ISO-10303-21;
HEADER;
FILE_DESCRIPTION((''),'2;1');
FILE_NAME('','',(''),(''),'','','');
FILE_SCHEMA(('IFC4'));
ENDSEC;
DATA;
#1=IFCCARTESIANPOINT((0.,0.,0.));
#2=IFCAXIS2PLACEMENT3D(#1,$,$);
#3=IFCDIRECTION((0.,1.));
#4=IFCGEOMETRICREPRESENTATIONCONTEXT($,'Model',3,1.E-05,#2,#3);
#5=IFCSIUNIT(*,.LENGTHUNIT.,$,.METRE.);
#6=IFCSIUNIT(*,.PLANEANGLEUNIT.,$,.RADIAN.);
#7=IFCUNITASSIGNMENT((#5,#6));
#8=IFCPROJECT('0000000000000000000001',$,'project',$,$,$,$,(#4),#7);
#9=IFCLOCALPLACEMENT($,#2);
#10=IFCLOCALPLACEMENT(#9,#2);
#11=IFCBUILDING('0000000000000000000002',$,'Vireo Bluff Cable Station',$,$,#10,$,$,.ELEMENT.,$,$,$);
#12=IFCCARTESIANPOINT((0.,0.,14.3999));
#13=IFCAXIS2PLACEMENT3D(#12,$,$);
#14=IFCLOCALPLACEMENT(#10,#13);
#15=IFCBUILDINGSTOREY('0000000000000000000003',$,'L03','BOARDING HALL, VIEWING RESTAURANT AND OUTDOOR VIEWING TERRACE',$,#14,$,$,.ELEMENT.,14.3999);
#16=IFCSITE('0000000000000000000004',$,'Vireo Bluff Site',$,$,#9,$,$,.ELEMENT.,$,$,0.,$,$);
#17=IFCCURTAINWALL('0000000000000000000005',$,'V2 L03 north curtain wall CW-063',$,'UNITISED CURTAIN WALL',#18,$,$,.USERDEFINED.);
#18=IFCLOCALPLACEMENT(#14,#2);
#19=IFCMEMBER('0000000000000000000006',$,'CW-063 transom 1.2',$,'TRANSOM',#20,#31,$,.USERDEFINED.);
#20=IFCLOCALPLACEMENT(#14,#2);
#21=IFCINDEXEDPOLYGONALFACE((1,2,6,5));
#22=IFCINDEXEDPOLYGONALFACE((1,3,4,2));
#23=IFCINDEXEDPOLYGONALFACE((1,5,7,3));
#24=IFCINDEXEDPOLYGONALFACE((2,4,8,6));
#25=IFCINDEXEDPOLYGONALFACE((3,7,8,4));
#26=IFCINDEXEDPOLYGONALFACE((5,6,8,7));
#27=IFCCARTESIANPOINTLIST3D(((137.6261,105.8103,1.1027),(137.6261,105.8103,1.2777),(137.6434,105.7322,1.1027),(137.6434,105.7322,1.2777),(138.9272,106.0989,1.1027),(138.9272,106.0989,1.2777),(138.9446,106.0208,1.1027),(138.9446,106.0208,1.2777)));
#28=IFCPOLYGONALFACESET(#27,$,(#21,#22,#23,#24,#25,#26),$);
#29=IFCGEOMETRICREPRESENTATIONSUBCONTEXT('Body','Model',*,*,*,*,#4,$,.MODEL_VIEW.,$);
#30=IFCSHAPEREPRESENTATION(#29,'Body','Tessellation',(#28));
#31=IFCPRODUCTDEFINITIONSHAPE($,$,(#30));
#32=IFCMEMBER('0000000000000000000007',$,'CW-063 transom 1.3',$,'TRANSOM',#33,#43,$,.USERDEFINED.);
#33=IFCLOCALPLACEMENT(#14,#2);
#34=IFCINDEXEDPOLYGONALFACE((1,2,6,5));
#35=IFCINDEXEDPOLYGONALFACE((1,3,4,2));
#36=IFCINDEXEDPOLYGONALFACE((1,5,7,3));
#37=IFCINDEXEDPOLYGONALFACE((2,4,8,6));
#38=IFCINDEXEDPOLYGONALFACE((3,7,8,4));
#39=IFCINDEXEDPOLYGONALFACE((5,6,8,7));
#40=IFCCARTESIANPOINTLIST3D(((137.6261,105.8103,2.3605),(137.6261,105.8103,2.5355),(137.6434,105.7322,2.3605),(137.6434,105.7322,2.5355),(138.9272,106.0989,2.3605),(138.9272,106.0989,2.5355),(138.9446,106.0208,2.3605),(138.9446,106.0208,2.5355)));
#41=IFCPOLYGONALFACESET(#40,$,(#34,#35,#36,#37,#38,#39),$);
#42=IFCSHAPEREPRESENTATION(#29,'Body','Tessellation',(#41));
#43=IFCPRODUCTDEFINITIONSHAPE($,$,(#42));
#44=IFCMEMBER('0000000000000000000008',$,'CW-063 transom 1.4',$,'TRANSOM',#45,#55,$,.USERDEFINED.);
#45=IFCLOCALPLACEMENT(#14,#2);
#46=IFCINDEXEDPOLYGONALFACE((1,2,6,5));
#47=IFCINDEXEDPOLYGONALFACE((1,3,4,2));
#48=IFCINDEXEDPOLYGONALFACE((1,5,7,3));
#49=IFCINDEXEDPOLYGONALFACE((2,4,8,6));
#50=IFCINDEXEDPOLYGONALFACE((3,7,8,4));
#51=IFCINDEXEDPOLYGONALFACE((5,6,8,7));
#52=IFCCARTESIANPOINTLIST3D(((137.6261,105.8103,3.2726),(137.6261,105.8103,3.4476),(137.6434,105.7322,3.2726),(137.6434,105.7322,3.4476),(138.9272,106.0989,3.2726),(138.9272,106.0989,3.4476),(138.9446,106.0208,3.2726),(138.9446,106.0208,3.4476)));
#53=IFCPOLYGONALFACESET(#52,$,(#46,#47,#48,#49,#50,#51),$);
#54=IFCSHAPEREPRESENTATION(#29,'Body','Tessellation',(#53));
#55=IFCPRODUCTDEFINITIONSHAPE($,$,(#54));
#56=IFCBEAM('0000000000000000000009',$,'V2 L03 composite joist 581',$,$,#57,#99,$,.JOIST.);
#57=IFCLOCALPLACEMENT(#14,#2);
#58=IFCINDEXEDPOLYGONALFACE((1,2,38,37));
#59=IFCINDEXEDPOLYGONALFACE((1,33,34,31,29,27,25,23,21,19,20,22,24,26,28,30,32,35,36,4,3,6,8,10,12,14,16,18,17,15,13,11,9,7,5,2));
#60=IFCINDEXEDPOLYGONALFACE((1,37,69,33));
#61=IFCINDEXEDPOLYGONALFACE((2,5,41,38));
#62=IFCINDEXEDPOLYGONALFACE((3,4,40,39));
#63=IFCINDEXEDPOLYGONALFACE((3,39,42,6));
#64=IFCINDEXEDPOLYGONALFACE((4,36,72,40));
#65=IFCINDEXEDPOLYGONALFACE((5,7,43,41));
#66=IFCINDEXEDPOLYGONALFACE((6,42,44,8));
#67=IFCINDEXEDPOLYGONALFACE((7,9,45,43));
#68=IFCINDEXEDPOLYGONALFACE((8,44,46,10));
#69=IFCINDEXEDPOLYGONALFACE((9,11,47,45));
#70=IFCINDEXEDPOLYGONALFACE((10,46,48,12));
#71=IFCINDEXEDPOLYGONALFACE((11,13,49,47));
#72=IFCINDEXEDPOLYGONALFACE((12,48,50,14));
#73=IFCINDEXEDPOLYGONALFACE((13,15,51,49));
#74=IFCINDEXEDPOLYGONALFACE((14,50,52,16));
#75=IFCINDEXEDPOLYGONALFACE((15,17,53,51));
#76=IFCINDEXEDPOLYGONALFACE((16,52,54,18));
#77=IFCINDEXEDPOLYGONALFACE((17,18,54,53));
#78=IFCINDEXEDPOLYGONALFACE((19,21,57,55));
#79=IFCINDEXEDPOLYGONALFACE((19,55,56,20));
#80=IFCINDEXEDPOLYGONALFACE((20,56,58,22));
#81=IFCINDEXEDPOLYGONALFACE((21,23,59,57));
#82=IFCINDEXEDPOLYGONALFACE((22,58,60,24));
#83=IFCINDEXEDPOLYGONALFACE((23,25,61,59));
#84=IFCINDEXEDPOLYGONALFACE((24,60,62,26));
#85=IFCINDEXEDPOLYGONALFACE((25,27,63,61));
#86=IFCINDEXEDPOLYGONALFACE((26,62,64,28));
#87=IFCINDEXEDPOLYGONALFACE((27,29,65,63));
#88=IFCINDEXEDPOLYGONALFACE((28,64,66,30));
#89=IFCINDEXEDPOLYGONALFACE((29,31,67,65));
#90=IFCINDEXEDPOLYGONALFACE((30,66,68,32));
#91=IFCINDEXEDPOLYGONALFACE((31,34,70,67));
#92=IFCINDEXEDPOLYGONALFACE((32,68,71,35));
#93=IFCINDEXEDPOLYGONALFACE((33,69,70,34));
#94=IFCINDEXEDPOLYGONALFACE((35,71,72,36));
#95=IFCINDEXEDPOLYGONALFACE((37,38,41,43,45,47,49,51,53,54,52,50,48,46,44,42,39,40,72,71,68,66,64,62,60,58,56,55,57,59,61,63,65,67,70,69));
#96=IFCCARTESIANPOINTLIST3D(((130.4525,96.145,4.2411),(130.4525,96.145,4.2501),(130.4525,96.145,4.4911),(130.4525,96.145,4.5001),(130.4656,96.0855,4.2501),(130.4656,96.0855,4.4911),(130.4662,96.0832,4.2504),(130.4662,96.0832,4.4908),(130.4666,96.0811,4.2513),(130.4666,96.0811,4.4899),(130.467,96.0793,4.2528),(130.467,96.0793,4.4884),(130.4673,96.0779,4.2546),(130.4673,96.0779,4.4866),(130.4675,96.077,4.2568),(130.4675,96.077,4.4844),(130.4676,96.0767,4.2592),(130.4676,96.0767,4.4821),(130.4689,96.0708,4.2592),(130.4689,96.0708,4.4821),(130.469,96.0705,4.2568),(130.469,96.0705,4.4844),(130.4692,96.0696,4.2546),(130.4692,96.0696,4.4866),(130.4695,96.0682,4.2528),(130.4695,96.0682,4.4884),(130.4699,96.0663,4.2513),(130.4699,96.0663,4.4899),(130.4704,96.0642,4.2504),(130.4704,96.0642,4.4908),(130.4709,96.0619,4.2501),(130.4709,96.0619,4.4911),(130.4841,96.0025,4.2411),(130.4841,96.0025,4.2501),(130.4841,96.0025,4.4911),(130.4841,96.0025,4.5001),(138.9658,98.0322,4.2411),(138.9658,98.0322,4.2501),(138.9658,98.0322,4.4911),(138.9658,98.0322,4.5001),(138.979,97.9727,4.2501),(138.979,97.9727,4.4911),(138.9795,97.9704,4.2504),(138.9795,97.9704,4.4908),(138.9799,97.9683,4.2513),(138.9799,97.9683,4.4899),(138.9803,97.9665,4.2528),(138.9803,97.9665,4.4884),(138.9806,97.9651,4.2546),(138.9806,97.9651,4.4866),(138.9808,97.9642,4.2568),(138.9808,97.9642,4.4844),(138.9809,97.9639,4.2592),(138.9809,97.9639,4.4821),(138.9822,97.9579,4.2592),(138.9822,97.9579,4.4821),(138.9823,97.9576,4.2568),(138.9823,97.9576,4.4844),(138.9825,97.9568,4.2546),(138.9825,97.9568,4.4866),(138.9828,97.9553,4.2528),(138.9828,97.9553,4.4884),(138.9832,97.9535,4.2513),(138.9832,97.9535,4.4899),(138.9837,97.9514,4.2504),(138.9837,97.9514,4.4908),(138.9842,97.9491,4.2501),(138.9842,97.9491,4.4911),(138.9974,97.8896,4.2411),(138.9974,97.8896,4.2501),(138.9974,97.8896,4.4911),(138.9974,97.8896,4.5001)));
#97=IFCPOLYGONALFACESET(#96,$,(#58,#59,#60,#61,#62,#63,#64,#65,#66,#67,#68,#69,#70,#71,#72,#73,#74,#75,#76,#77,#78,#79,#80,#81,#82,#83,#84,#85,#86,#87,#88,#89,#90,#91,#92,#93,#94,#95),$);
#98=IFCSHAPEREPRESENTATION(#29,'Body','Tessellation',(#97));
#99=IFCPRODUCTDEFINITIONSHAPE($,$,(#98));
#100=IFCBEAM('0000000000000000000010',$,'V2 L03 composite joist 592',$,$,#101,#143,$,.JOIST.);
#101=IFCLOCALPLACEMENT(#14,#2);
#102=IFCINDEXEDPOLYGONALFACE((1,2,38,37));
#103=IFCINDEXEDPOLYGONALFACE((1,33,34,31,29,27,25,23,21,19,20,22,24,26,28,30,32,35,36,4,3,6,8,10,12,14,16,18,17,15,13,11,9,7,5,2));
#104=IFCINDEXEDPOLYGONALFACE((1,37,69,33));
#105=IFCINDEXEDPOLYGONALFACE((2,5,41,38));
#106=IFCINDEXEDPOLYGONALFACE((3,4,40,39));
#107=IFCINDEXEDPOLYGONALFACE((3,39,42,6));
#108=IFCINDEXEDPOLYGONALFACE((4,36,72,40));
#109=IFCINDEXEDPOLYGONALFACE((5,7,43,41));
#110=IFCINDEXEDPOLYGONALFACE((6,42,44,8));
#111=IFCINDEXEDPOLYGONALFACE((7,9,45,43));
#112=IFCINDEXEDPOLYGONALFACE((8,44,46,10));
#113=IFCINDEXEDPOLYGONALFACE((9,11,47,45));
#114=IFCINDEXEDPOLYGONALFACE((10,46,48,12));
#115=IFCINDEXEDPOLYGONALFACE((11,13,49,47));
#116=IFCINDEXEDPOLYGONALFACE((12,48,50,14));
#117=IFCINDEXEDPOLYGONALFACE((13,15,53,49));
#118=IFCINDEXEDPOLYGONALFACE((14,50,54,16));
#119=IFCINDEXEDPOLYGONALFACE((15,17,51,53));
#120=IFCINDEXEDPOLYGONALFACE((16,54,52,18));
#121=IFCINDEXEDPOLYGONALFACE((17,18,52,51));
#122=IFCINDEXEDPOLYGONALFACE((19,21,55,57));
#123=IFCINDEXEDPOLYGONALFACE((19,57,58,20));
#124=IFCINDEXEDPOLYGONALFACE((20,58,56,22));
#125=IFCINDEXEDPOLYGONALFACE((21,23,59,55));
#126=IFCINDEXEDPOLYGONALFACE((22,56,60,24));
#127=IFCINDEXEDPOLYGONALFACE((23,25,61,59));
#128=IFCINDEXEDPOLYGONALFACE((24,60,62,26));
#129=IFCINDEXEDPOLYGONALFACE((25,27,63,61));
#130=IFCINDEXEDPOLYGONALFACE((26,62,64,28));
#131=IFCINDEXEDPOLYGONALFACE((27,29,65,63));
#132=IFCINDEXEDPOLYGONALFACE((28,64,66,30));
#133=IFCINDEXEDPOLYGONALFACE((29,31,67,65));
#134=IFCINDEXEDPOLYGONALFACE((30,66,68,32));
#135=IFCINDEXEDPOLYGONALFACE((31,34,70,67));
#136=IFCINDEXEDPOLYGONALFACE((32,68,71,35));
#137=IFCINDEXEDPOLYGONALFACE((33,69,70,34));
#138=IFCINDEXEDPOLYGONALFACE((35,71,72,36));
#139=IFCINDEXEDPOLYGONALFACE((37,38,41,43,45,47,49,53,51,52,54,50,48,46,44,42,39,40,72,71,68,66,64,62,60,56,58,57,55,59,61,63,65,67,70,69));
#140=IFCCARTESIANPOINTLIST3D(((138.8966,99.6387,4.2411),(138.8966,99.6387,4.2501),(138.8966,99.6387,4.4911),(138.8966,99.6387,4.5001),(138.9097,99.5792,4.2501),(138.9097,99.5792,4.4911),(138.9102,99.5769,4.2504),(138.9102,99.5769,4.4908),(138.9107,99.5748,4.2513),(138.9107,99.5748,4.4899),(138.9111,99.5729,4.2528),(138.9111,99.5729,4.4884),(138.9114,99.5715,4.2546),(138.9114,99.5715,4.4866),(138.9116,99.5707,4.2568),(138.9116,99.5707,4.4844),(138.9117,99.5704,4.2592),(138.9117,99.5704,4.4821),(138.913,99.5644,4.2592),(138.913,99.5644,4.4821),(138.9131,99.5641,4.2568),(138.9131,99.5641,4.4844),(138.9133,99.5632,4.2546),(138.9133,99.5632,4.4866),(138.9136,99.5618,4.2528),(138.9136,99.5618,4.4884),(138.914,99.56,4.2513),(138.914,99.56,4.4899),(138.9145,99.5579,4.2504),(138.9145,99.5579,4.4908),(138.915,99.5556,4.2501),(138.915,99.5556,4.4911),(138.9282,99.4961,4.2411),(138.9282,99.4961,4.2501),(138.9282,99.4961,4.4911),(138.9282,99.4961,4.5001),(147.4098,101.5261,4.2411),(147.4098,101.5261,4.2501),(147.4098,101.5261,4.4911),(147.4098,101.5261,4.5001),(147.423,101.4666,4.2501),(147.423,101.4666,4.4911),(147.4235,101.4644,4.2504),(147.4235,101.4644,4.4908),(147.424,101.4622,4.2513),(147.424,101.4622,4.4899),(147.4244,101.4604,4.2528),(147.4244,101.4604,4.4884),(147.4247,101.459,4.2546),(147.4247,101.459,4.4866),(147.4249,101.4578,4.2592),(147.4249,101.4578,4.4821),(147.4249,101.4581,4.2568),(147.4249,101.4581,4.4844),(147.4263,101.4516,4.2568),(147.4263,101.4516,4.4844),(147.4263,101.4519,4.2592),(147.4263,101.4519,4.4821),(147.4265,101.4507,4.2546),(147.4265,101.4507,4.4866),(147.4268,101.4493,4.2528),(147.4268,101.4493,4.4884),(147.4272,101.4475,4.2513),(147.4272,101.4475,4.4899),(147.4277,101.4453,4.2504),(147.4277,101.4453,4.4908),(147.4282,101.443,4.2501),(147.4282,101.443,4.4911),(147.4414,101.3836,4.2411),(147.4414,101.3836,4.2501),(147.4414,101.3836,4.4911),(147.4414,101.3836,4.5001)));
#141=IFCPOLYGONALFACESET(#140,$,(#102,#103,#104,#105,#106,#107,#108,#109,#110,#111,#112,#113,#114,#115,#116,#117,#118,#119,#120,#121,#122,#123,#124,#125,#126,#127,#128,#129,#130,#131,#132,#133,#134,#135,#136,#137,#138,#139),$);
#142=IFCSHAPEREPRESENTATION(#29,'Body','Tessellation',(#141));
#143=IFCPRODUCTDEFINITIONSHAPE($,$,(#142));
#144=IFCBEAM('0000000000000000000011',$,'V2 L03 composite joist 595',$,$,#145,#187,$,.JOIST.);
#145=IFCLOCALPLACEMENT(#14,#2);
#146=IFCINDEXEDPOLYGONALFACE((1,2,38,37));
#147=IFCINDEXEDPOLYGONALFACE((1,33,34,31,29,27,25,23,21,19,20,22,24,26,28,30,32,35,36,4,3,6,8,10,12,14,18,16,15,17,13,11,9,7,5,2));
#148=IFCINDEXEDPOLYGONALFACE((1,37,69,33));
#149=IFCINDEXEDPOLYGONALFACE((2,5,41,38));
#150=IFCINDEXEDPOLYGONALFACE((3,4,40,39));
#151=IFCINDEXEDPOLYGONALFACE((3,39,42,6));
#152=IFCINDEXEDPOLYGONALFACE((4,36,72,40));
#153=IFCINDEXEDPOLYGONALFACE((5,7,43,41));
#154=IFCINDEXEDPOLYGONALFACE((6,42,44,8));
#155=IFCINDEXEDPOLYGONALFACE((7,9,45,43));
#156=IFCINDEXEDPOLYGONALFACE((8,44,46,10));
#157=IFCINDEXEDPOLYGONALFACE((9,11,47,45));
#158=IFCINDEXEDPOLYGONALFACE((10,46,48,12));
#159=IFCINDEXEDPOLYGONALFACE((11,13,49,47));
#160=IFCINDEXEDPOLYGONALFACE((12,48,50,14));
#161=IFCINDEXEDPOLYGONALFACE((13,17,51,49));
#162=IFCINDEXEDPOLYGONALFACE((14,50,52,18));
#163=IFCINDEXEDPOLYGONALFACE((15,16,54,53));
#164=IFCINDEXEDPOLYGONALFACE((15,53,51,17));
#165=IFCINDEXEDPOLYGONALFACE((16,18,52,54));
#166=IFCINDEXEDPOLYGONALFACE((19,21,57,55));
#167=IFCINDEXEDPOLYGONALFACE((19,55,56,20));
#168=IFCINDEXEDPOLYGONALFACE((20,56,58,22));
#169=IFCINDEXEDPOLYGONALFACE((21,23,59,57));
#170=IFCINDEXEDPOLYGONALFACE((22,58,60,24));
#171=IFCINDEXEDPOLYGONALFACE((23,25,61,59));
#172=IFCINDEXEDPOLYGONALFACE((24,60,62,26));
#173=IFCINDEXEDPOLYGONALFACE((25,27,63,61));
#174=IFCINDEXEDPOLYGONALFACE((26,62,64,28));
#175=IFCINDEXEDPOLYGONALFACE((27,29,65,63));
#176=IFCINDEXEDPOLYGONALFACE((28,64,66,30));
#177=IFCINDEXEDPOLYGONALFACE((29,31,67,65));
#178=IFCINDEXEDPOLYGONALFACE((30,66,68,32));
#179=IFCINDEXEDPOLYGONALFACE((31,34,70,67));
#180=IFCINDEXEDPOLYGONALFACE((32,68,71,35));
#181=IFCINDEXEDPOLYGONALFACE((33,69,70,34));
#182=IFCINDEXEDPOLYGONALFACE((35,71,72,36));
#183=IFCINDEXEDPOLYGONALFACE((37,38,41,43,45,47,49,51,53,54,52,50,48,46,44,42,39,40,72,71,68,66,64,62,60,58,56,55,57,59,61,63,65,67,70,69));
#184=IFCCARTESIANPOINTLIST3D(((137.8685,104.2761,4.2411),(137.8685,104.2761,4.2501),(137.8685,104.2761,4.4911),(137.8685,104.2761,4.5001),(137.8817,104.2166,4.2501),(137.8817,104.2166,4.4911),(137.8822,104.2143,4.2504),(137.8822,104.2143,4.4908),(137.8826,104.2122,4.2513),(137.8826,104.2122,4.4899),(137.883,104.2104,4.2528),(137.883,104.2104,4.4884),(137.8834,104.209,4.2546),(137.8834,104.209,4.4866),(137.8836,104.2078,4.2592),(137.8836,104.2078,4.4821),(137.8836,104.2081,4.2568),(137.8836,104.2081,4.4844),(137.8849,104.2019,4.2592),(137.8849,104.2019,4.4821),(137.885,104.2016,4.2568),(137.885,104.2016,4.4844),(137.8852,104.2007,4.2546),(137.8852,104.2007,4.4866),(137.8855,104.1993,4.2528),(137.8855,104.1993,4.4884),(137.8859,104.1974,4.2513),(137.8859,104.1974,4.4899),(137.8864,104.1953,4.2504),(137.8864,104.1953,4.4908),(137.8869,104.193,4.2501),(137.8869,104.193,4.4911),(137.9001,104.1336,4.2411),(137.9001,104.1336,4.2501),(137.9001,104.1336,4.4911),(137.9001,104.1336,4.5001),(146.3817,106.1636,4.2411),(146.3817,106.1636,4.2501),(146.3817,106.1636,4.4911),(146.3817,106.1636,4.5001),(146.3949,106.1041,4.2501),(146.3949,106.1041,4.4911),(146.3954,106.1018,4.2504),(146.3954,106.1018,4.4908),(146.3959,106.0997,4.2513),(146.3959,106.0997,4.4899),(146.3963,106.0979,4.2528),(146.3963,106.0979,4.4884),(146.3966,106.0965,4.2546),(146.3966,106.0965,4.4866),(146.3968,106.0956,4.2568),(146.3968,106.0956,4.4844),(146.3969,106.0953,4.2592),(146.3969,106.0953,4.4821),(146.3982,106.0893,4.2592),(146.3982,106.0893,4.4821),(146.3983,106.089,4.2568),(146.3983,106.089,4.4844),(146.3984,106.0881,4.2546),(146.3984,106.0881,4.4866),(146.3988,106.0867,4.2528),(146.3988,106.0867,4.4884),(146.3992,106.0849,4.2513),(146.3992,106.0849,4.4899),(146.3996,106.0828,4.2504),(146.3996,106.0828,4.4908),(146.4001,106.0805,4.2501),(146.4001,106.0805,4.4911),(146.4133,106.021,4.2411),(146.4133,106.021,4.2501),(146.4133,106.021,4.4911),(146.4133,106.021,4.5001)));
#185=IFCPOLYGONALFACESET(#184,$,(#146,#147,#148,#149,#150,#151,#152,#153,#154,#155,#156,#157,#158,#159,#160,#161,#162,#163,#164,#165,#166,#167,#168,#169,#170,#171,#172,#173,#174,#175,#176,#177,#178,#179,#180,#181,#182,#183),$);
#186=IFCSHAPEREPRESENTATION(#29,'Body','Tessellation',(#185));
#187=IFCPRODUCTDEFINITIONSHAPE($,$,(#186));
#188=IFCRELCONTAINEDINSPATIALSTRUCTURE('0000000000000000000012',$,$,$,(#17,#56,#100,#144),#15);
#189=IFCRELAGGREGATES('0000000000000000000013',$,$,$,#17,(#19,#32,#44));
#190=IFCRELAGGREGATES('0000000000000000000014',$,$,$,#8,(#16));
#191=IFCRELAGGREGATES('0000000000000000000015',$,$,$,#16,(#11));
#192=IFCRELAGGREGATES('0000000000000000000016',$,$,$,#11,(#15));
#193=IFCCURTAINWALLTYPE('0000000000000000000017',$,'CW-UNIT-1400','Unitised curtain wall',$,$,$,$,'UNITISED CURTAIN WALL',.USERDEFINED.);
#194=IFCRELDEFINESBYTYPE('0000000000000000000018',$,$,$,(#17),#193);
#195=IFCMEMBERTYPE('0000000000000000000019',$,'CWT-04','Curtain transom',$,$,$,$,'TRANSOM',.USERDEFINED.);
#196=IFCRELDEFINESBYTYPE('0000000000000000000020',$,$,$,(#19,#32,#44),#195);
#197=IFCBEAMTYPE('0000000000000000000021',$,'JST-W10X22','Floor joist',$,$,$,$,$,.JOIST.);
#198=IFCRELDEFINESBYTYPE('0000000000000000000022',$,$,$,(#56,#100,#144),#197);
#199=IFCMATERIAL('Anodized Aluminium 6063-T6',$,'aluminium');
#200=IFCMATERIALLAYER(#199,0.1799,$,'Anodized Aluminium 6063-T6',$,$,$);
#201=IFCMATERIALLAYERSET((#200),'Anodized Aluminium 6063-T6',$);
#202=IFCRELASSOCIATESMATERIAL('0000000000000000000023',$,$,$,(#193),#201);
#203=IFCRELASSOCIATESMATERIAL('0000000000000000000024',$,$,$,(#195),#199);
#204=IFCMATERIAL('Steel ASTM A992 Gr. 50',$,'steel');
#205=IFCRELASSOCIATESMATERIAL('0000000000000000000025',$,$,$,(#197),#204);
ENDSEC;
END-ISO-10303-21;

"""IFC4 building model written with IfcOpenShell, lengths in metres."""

from ifc_helpers import new_model, si_unit, direction, frame, origin, origin_2d, place, context, subcontext, project, spatial, rectangle, i_section, extrude, material, layer, layer_set, material_profile, profile_set, type_object, element, aggregate, save


model = new_model("IFC4")

# Units and contexts
model_context = context("Model", 3, precision=1e-05, world=origin(), true_north=direction((0.0, 1.0)))
body_context = subcontext(model_context, "Body", "Model", "MODEL_VIEW")
ifc_project = project(units=[si_unit("LENGTHUNIT", "METRE"), si_unit("PLANEANGLEUNIT", "RADIAN")], contexts=[model_context])

# Site, building, storey
site_placement = place(None, origin())
site = spatial("IfcSite", under=ifc_project, at=site_placement, Name="Vireo Bluff Site", CompositionType="ELEMENT", RefElevation=0.0)
building_placement = place(site_placement, origin())
building = spatial("IfcBuilding", under=site, at=building_placement, Name="Vireo Bluff Cable Station", CompositionType="ELEMENT")
storey_placement = place(building_placement, frame((0.0, 0.0, 14.3999)))
storey = spatial("IfcBuildingStorey", under=building, at=storey_placement, Name="L03", Description="BOARDING HALL, VIEWING RESTAURANT AND OUTDOOR VIEWING TERRACE", CompositionType="ELEMENT", Elevation=14.3999)

# Shared definitions
ifc_material_1 = material(Name="Steel ASTM A992 Gr. 50", Category="steel")

# Shared definitions
ifc_material_2 = material(Name="Anodized Aluminium 6063-T6", Category="aluminium")

# Curtain wall
ifc_layer_1 = layer(ifc_material_2, 0.1799, Name="Anodized Aluminium 6063-T6")
ifc_layer_set_1 = layer_set([ifc_layer_1], Name="Anodized Aluminium 6063-T6")
curtain_wall_type_1 = type_object("IfcCurtainWallType", Name="CW-UNIT-1400", Description="Unitised curtain wall", ElementType="UNITISED CURTAIN WALL", PredefinedType="USERDEFINED", material=ifc_layer_set_1)
curtain_wall_1_placement = place(storey_placement, origin())
curtain_wall_1 = element("IfcCurtainWall", 1, at=curtain_wall_1_placement, inside=storey, type_object=curtain_wall_type_1, Name="V2 L03 north curtain wall CW-063", ObjectType="UNITISED CURTAIN WALL", PredefinedType="USERDEFINED")

# Members
ifc_material_profile_1 = material_profile(ifc_material_2, rectangle(XDim=0.0801, YDim=0.175, at=origin_2d()), Name="ALU-T-80X175")
ifc_profile_set_1 = profile_set([ifc_material_profile_1], Name="Anodized Aluminium 6063-T6")
member_type_1 = type_object("IfcMemberType", Name="CWT-04", Description="Curtain transom", ElementType="TRANSOM", PredefinedType="USERDEFINED", material=ifc_profile_set_1)
member_1_placement = place(storey_placement, frame((137.6348, 105.7712, 1.1902), z_axis=(0.976273, 0.216542, 0.0), x_axis=(-0.216542, 0.976273, 0.0)))
member_1 = element("IfcMember", 2, at=member_1_placement, type_object=member_type_1, Name="CW-063 transom 1.2", ObjectType="TRANSOM", PredefinedType="USERDEFINED", context=body_context, shape_type="SweptSolid", body=[
    extrude(rectangle(XDim=0.0801, YDim=0.175, at=origin_2d()), origin(), (0.0, 0.0, 1.0), 1.3328),
])
member_2_placement = place(storey_placement, frame((137.6348, 105.7712, 2.448), z_axis=(0.976273, 0.216542, 0.0), x_axis=(-0.216542, 0.976273, 0.0)))
member_2 = element("IfcMember", 3, at=member_2_placement, type_object=member_type_1, Name="CW-063 transom 1.3", ObjectType="TRANSOM", PredefinedType="USERDEFINED", context=body_context, shape_type="SweptSolid", body=[
    extrude(rectangle(XDim=0.0801, YDim=0.175, at=origin_2d()), origin(), (0.0, 0.0, 1.0), 1.3328),
])
member_3_placement = place(storey_placement, frame((137.6348, 105.7712, 3.3601), z_axis=(0.976273, 0.216542, 0.0), x_axis=(-0.216542, 0.976273, 0.0)))
member_3 = element("IfcMember", 4, at=member_3_placement, type_object=member_type_1, Name="CW-063 transom 1.4", ObjectType="TRANSOM", PredefinedType="USERDEFINED", context=body_context, shape_type="SweptSolid", body=[
    extrude(rectangle(XDim=0.0801, YDim=0.175, at=origin_2d()), origin(), (0.0, 0.0, 1.0), 1.3328),
])

# Beams
ifc_material_profile_2 = material_profile(ifc_material_1, i_section(OverallWidth=0.146, OverallDepth=0.259, WebThickness=0.0061, FlangeThickness=0.009, FilletRadius=0.009, at=origin_2d()), Name="W10X22")
ifc_profile_set_2 = profile_set([ifc_material_profile_2], Name="Steel ASTM A992 Gr. 50")
beam_type_1 = type_object("IfcBeamType", Name="JST-W10X22", Description="Floor joist", PredefinedType="JOIST", material=ifc_profile_set_2)
for number, where, z_axis, x_axis, name in (
    (5, (130.4683, 96.0737, 4.3706), (0.9763, 0.216421, 0.0), (-0.216421, 0.9763, 0.0), "V2 L03 composite joist 581"),
    (6, (138.9124, 99.5674, 4.3706), (0.976293, 0.216453, 0.0), (-0.216453, 0.976293, 0.0), "V2 L03 composite joist 592"),
    (7, (137.8843, 104.2048, 4.3706), (0.976293, 0.216453, 0.0), (-0.216453, 0.976293, 0.0), "V2 L03 composite joist 595"),
):
    element("IfcBeam", number, at=place(storey_placement, frame(where, z_axis=z_axis, x_axis=x_axis)), inside=storey, type_object=beam_type_1, Name=name, PredefinedType="JOIST", context=body_context, shape_type="SweptSolid", body=[
        extrude(i_section(OverallWidth=0.146, OverallDepth=0.259, WebThickness=0.0061, FlangeThickness=0.009, FilletRadius=0.009, at=origin_2d()), origin(), (0.0, 0.0, 1.0), 8.72),
    ])

aggregate(curtain_wall_1, [member_1, member_2, member_3])

save(model, "model.ifc")
